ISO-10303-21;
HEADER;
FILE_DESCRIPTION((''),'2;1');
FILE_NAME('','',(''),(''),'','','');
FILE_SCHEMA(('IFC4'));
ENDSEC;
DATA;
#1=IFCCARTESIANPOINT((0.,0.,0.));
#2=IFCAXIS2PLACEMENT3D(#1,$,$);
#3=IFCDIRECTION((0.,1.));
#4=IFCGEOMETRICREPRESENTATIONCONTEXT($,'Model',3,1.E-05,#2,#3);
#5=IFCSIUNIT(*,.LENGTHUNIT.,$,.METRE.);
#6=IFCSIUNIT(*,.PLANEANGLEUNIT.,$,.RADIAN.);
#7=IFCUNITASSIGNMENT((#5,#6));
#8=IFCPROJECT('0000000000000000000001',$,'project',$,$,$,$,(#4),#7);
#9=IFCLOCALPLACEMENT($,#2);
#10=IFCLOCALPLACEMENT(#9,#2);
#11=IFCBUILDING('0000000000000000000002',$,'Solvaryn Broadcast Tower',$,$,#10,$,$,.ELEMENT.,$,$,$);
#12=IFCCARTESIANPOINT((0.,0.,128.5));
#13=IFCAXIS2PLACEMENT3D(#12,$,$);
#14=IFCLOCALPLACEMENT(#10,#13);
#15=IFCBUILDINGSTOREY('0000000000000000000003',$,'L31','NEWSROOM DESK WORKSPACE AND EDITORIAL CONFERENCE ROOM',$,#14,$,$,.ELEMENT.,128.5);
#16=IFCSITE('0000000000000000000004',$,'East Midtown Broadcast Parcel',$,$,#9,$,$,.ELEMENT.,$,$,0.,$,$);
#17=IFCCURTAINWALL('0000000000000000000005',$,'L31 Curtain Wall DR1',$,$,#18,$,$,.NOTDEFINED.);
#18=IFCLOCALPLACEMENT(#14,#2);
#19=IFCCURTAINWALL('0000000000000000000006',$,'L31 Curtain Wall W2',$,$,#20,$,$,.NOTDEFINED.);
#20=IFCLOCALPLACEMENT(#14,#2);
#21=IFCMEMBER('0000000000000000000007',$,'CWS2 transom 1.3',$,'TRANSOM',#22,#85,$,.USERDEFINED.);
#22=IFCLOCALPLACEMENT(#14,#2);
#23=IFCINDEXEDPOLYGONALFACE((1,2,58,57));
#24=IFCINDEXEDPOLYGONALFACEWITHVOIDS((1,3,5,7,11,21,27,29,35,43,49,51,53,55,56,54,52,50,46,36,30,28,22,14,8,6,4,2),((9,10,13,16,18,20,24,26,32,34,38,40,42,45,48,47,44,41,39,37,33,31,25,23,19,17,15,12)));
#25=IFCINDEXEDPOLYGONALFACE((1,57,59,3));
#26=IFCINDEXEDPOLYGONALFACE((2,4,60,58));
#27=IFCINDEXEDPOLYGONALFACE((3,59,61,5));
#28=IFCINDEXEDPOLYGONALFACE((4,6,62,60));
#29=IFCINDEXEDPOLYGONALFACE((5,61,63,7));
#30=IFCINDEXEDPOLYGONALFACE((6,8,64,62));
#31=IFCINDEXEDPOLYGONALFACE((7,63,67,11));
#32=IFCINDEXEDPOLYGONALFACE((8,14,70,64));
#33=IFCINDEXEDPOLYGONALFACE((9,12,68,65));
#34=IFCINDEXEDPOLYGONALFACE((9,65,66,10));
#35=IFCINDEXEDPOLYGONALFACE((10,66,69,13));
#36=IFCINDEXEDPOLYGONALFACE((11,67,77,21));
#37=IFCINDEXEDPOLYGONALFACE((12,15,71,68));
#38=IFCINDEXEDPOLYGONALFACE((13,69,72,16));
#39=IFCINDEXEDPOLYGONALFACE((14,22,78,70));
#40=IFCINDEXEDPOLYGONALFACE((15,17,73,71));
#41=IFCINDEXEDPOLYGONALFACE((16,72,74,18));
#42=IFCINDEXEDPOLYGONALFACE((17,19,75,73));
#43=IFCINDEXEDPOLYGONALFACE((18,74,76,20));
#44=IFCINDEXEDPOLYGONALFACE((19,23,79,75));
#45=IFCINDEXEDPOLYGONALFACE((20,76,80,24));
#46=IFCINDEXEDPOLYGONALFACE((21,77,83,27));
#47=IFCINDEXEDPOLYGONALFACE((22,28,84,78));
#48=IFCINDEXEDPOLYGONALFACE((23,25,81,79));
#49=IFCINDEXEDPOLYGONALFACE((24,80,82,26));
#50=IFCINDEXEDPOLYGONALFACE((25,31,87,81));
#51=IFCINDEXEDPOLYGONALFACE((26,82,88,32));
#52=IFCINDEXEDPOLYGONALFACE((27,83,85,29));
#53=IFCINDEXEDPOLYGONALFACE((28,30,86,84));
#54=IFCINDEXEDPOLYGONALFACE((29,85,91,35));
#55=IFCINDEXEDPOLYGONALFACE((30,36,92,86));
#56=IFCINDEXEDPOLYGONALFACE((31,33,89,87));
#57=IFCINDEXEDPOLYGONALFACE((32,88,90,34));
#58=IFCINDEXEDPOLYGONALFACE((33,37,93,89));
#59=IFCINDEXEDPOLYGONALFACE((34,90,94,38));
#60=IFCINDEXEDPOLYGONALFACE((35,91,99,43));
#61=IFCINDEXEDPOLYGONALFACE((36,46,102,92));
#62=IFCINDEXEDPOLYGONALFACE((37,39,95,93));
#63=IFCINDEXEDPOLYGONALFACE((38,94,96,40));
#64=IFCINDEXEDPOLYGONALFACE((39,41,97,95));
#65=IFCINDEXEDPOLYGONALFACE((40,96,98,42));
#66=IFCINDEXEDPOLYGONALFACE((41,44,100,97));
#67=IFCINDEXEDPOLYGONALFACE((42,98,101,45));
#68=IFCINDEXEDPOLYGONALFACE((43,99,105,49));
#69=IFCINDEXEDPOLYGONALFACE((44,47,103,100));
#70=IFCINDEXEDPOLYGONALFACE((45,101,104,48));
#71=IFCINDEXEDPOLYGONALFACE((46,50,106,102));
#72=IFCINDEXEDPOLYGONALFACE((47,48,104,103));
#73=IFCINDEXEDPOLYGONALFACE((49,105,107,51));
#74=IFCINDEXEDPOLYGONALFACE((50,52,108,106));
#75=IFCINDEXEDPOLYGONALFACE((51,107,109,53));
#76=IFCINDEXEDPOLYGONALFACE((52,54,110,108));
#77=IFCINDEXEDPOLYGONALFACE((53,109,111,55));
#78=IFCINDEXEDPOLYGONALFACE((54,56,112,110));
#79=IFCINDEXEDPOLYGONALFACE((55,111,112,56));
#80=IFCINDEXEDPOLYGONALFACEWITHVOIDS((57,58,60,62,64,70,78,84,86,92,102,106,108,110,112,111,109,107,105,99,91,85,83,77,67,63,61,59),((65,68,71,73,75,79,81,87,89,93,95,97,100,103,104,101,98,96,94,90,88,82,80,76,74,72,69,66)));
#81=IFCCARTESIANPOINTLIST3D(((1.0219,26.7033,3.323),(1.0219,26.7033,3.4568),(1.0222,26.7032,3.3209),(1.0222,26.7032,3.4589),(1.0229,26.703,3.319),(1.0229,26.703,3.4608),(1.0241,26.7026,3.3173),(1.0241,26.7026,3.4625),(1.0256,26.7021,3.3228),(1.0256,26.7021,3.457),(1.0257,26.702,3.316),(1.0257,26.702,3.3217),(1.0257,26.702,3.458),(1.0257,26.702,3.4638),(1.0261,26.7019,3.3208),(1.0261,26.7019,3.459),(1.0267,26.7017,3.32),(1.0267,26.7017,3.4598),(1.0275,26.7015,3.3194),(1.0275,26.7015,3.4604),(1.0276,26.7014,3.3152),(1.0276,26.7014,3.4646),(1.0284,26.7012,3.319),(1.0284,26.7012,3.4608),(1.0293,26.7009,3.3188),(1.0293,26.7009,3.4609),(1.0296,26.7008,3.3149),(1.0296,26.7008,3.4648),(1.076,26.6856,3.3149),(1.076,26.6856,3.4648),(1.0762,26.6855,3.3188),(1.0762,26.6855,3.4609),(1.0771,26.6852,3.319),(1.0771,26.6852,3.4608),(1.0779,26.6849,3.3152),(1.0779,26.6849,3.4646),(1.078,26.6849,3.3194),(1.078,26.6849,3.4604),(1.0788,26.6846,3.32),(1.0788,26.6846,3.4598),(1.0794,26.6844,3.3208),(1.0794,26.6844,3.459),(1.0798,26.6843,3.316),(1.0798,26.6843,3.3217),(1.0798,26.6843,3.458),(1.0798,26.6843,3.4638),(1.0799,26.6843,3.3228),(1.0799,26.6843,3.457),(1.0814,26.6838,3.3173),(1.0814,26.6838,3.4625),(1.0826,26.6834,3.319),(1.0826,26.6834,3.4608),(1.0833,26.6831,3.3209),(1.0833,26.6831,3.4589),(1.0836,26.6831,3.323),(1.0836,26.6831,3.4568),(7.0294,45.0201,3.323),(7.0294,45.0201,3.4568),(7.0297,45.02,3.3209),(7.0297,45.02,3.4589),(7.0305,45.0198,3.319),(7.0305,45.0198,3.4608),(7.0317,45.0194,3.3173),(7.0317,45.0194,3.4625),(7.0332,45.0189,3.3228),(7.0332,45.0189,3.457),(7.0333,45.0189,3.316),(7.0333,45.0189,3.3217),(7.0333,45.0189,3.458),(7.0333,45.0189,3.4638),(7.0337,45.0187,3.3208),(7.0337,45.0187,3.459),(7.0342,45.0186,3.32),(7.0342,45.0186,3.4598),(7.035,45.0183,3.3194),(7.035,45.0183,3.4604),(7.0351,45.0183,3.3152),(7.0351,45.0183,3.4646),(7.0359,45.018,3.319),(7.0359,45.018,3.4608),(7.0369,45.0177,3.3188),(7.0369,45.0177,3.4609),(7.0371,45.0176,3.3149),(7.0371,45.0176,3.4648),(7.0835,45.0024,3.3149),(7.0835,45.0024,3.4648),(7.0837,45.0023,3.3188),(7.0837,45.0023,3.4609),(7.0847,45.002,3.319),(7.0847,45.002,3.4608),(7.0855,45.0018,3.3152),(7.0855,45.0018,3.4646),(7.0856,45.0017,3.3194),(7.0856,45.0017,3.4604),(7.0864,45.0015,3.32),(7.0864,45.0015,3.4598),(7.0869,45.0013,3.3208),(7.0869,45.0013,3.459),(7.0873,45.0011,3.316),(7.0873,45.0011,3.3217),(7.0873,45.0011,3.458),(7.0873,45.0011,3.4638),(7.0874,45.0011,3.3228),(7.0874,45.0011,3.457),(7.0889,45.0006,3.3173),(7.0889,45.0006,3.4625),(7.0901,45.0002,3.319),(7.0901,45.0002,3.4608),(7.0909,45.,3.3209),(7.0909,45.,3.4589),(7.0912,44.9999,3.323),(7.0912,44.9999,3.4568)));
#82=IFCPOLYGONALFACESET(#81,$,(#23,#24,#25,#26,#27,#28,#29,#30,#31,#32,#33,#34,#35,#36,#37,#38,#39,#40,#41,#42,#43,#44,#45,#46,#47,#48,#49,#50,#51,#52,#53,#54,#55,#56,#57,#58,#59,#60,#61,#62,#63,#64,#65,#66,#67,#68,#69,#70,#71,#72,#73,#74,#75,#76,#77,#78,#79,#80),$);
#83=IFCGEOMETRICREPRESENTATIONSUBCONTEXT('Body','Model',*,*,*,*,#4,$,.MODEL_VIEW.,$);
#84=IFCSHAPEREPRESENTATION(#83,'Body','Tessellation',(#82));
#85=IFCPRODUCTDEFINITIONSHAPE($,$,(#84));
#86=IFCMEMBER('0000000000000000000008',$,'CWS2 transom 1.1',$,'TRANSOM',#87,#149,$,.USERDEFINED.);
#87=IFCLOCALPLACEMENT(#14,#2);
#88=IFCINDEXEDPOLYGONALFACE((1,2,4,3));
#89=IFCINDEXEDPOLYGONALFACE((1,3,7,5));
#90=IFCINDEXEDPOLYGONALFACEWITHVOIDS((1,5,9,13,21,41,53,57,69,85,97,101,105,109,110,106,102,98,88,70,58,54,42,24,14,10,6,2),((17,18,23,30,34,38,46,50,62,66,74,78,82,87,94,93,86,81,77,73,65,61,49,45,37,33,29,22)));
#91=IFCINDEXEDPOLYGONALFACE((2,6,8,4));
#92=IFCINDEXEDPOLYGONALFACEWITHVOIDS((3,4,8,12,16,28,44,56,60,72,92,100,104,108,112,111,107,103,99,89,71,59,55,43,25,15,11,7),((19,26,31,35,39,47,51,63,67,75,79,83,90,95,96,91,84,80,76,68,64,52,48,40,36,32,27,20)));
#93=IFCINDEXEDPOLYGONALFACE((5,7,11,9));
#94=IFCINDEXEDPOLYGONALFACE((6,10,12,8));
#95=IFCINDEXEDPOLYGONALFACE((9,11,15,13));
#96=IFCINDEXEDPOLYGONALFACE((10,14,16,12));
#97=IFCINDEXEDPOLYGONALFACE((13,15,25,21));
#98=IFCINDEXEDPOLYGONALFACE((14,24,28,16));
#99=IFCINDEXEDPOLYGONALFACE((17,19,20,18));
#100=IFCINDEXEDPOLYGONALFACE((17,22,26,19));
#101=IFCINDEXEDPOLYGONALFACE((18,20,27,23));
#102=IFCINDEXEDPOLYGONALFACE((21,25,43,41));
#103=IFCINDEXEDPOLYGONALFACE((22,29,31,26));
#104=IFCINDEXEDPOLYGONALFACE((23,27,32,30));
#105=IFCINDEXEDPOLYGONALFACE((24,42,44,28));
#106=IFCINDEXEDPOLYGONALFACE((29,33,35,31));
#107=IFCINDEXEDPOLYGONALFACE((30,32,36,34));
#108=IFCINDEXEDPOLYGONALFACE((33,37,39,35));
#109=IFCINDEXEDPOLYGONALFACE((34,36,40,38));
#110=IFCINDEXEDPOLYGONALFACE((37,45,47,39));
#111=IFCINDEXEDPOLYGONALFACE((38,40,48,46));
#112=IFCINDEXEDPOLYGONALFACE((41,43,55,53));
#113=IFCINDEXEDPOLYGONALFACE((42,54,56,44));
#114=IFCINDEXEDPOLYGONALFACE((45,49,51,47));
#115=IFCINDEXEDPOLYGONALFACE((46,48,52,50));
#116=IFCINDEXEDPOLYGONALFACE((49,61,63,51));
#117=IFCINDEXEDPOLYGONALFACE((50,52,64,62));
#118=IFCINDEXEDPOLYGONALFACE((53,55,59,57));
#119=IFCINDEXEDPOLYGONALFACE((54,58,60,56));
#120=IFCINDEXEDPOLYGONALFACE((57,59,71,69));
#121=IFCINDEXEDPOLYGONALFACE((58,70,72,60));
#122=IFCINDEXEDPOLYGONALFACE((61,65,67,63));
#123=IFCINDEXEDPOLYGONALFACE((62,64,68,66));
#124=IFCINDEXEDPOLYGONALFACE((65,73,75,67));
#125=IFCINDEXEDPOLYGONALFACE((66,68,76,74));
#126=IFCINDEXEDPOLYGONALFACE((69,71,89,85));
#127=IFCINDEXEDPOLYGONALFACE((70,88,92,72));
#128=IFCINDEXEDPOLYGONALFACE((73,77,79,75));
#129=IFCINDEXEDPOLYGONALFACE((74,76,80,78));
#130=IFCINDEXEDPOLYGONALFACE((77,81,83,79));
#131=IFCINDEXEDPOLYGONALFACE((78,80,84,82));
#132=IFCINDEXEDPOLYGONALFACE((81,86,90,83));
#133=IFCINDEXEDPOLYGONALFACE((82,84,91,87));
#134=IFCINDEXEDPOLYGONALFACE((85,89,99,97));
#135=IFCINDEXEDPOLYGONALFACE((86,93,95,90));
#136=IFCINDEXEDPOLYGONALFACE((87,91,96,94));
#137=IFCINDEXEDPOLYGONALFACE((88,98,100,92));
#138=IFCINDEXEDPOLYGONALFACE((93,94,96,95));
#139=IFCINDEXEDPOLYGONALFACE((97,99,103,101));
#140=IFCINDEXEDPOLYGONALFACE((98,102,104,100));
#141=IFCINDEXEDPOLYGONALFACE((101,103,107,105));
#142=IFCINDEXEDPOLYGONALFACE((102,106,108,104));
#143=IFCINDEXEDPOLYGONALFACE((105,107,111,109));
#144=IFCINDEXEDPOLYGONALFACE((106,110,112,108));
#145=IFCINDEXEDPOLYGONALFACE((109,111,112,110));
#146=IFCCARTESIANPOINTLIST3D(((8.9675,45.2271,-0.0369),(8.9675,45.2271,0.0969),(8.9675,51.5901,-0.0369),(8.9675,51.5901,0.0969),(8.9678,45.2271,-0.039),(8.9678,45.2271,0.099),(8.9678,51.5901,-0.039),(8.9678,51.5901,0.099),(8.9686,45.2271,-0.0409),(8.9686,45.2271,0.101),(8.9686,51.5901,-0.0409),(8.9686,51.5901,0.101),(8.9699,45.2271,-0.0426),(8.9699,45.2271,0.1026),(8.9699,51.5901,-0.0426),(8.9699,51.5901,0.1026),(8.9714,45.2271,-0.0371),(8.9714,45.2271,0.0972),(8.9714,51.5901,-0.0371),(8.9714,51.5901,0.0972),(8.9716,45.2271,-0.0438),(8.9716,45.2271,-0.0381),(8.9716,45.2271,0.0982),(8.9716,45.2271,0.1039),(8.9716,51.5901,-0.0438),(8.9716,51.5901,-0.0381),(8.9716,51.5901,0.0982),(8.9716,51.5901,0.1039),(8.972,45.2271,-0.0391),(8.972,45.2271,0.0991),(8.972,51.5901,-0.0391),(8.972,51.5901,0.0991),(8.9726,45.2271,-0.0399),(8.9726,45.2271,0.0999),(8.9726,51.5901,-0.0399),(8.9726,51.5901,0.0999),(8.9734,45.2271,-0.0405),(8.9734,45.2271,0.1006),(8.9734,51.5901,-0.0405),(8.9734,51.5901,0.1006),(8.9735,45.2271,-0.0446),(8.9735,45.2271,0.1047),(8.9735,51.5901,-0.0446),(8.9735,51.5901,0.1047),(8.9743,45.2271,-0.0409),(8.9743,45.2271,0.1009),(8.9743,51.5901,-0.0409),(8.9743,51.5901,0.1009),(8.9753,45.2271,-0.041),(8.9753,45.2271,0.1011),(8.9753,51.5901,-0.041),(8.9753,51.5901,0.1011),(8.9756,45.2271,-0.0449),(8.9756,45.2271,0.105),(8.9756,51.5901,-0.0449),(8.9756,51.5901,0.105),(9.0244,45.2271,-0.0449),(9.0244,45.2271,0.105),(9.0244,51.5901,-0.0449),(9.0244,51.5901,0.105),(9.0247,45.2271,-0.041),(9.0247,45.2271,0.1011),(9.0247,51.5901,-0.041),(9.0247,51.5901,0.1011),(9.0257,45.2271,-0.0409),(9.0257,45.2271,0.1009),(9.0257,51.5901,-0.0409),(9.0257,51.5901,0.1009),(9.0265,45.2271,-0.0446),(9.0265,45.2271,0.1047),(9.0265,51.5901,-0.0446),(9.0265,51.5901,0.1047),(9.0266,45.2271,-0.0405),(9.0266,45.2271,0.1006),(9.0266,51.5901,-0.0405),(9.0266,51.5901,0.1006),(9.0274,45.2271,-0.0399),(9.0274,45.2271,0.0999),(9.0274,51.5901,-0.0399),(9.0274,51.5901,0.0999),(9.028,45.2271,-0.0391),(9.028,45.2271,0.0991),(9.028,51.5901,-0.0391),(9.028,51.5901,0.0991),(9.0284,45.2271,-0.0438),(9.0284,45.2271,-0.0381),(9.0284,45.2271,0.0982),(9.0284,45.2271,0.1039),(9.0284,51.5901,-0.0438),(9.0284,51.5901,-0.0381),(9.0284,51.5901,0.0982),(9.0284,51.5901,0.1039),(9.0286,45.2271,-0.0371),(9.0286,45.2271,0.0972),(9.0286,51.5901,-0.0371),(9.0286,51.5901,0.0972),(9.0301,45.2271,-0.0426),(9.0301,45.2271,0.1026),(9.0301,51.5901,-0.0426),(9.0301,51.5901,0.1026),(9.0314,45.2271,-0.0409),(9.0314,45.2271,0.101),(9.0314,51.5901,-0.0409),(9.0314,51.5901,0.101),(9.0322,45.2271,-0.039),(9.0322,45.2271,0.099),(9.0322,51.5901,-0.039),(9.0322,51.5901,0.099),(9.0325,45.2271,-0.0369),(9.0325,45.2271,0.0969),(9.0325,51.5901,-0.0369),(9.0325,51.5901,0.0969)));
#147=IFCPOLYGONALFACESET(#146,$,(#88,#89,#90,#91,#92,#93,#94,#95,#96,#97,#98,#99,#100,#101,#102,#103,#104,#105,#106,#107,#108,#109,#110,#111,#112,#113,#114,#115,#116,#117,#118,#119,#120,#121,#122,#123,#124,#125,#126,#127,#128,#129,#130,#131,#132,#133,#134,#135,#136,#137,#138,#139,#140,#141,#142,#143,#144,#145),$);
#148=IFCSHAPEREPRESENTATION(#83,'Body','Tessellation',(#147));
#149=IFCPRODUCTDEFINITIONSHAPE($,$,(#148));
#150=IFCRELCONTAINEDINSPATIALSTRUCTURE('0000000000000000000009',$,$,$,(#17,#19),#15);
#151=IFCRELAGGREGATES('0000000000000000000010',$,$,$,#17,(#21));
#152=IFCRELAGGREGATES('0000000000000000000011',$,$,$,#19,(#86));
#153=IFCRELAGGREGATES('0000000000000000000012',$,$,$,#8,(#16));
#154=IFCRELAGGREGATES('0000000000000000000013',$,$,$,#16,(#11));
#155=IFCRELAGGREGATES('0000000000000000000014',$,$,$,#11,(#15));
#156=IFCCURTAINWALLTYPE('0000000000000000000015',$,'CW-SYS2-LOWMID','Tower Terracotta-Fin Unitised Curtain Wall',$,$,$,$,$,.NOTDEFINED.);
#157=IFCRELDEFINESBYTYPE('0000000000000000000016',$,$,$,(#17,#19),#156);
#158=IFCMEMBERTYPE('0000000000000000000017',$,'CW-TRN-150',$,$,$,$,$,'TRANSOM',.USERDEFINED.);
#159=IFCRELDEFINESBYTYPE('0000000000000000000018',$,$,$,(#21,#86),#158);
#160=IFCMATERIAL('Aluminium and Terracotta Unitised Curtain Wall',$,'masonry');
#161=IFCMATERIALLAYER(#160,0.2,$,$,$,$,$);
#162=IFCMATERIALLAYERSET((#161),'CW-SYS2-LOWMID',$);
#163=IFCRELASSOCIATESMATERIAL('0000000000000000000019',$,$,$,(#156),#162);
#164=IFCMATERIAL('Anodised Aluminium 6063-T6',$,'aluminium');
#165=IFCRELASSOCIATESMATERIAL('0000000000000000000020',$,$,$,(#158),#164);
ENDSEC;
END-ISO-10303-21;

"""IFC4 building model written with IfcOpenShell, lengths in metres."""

from ifc_helpers import new_model, si_unit, direction, frame, origin, origin_2d, place, context, subcontext, project, spatial, hollow_rectangle, extrude, material, layer, layer_set, material_profile, profile_set, type_object, element, aggregate, save


model = new_model("IFC4")

# Units and contexts
model_context = context("Model", 3, precision=1e-05, world=origin(), true_north=direction((0.0, 1.0)))
body_context = subcontext(model_context, "Body", "Model", "MODEL_VIEW")
ifc_project = project(units=[si_unit("LENGTHUNIT", "METRE"), si_unit("PLANEANGLEUNIT", "RADIAN")], contexts=[model_context])

# Site, building, storey
site_placement = place(None, origin())
site = spatial("IfcSite", under=ifc_project, at=site_placement, Name="East Midtown Broadcast Parcel", CompositionType="ELEMENT", RefElevation=0.0)
building_placement = place(site_placement, origin())
building = spatial("IfcBuilding", under=site, at=building_placement, Name="Solvaryn Broadcast Tower", CompositionType="ELEMENT")
storey_placement = place(building_placement, frame((0.0, 0.0, 128.5)))
storey = spatial("IfcBuildingStorey", under=building, at=storey_placement, Name="L31", Description="NEWSROOM DESK WORKSPACE AND EDITORIAL CONFERENCE ROOM", CompositionType="ELEMENT", Elevation=128.5)

# Curtain walls
ifc_material_1 = material(Name="Aluminium and Terracotta Unitised Curtain Wall", Category="masonry")
ifc_layer_1 = layer(ifc_material_1, 0.2)
ifc_layer_set_1 = layer_set([ifc_layer_1], Name="CW-SYS2-LOWMID")
curtain_wall_type = type_object("IfcCurtainWallType", Name="CW-SYS2-LOWMID", Description="Tower Terracotta-Fin Unitised Curtain Wall", PredefinedType="NOTDEFINED", material=ifc_layer_set_1)
curtain_wall_1_placement = place(storey_placement, origin())
curtain_wall_1 = element("IfcCurtainWall", 1, at=curtain_wall_1_placement, inside=storey, type_object=curtain_wall_type, Name="L31 Curtain Wall DR1", PredefinedType="NOTDEFINED")
curtain_wall_2_placement = place(storey_placement, origin())
curtain_wall_2 = element("IfcCurtainWall", 2, at=curtain_wall_2_placement, inside=storey, type_object=curtain_wall_type, Name="L31 Curtain Wall W2", PredefinedType="NOTDEFINED")

# Members
ifc_material_2 = material(Name="Anodised Aluminium 6063-T6", Category="aluminium")
ifc_material_profile_1 = material_profile(ifc_material_2, hollow_rectangle(XDim=0.0649, YDim=0.1499, WallThickness=0.0039, InnerFilletRadius=0.0039, OuterFilletRadius=0.0081, at=origin_2d()))
ifc_profile_set_1 = profile_set([ifc_material_profile_1], Name="Anodised Aluminium 6063-T6")
member_type_1 = type_object("IfcMemberType", Name="CW-TRN-150", ElementType="TRANSOM", PredefinedType="USERDEFINED", material=ifc_profile_set_1)
member_1_placement = place(storey_placement, frame((7.0603, 45.01, 3.3899), z_axis=(-0.311646, -0.950198, 0.0), x_axis=(0.950198, -0.311646, 0.0)))
member_1 = element("IfcMember", 3, at=member_1_placement, type_object=member_type_1, Name="CWS2 transom 1.3", ObjectType="TRANSOM", PredefinedType="USERDEFINED", context=body_context, shape_type="SweptSolid", body=[
    extrude(hollow_rectangle(XDim=0.0649, YDim=0.1499, WallThickness=0.0039, InnerFilletRadius=0.0039, OuterFilletRadius=0.0081, at=origin_2d()), origin(), (0.0, 0.0, 1.0), 19.2769),
])
aggregate(curtain_wall_1, [member_1])
member_2_placement = place(storey_placement, frame((9.0, 45.2271, 0.03), z_axis=(0.0, 1.0, 0.0), x_axis=(-1.0, 0.0, 0.0)))
member_2 = element("IfcMember", 4, at=member_2_placement, type_object=member_type_1, Name="CWS2 transom 1.1", ObjectType="TRANSOM", PredefinedType="USERDEFINED", context=body_context, shape_type="SweptSolid", body=[
    extrude(hollow_rectangle(XDim=0.0649, YDim=0.1499, WallThickness=0.0039, InnerFilletRadius=0.0039, OuterFilletRadius=0.0081, at=origin_2d()), origin(), (0.0, 0.0, 1.0), 6.363),
])
aggregate(curtain_wall_2, [member_2])

save(model, "model.ifc")
